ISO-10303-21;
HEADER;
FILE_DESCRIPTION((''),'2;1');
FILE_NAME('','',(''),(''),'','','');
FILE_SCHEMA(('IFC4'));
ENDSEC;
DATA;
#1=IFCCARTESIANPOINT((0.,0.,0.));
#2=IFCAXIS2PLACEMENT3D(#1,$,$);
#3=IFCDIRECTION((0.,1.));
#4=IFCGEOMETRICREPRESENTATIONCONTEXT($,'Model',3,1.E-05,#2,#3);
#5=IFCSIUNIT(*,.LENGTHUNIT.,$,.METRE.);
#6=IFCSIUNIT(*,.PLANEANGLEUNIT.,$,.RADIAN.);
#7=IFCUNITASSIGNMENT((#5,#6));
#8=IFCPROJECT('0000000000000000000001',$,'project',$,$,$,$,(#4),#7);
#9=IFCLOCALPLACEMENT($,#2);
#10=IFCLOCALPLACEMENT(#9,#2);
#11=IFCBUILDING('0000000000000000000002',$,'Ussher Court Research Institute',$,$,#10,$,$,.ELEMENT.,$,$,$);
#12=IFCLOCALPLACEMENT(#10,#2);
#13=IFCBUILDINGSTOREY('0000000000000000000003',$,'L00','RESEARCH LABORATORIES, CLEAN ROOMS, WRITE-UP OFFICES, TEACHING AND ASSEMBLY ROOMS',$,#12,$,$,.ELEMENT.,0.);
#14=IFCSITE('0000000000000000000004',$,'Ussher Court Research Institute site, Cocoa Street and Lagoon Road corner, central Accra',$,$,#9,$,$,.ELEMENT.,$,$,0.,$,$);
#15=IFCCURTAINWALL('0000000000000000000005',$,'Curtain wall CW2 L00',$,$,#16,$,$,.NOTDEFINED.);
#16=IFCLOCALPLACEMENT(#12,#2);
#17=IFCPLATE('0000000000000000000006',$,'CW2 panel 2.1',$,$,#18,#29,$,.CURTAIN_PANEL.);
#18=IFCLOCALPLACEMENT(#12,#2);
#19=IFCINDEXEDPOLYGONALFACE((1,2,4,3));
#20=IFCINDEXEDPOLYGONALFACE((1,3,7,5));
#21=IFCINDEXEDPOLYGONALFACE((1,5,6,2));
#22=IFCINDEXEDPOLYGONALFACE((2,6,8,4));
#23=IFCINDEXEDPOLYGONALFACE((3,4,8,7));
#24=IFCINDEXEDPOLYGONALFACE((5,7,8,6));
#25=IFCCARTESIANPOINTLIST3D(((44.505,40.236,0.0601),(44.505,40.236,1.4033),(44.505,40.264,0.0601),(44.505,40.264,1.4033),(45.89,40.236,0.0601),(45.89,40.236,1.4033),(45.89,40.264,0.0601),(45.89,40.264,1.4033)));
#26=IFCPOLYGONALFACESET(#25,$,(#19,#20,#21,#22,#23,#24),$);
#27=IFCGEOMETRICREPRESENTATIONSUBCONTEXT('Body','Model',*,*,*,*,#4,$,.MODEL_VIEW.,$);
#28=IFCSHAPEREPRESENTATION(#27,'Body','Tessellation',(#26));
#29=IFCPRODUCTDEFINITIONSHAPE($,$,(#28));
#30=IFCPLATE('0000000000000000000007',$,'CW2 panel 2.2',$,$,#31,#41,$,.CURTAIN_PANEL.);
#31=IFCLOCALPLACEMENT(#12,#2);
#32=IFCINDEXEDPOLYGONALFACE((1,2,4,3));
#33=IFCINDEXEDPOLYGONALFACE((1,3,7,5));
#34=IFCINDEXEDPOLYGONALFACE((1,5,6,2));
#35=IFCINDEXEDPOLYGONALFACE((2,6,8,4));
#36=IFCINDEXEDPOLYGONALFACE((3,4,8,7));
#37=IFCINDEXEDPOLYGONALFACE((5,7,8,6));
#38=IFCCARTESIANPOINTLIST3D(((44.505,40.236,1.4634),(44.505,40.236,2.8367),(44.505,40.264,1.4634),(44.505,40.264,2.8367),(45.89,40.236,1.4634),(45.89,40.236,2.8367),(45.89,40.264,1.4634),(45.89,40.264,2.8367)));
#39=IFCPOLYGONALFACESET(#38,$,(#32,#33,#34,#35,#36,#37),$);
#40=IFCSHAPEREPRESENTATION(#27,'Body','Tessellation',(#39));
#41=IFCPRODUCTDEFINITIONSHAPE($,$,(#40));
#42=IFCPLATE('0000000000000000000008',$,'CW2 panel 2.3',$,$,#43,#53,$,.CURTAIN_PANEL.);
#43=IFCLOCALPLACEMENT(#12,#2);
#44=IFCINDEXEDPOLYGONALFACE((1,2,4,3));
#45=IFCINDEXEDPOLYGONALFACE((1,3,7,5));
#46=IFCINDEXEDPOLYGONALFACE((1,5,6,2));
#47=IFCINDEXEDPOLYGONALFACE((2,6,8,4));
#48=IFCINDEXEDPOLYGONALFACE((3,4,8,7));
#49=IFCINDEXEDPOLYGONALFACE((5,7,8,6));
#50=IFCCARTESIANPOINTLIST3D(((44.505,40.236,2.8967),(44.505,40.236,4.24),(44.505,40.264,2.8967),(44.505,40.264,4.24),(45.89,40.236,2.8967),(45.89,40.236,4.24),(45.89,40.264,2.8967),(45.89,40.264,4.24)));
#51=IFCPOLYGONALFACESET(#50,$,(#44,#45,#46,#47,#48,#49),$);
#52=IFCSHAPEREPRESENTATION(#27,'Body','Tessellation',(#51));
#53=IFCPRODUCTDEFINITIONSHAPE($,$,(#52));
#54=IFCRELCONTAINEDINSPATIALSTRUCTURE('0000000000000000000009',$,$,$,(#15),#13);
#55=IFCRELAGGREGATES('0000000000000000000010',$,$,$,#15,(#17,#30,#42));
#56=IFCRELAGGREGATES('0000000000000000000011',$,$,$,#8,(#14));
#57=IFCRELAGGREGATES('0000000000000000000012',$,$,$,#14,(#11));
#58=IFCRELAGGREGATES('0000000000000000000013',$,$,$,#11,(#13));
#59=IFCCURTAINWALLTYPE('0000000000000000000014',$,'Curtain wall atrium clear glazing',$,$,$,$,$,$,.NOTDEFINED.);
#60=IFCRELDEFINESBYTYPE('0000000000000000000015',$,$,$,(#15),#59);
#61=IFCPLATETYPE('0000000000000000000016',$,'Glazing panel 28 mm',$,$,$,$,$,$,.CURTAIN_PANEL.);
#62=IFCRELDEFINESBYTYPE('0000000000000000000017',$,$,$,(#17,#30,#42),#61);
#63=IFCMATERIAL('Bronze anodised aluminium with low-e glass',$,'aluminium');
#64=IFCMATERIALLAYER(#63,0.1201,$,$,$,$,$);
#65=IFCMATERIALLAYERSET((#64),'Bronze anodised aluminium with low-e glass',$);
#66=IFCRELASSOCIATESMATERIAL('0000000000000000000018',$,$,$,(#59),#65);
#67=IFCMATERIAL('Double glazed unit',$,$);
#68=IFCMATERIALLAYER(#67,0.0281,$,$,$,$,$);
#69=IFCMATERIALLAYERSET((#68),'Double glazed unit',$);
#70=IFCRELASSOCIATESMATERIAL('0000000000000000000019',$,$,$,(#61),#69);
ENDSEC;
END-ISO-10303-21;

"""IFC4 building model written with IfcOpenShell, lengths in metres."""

from ifc_helpers import new_model, si_unit, direction, frame, origin, origin_2d, place, context, subcontext, project, spatial, rectangle, extrude, material, layer, layer_set, type_object, element, aggregate, save


model = new_model("IFC4")

# Units and contexts
model_context = context("Model", 3, precision=1e-05, world=origin(), true_north=direction((0.0, 1.0)))
body_context = subcontext(model_context, "Body", "Model", "MODEL_VIEW")
ifc_project = project(units=[si_unit("LENGTHUNIT", "METRE"), si_unit("PLANEANGLEUNIT", "RADIAN")], contexts=[model_context])

# Site, building, storey
site_placement = place(None, origin())
site = spatial("IfcSite", under=ifc_project, at=site_placement, Name="Ussher Court Research Institute site, Cocoa Street and Lagoon Road corner, central Accra", CompositionType="ELEMENT", RefElevation=0.0)
building_placement = place(site_placement, origin())
building = spatial("IfcBuilding", under=site, at=building_placement, Name="Ussher Court Research Institute", CompositionType="ELEMENT")
storey_placement = place(building_placement, origin())
storey = spatial("IfcBuildingStorey", under=building, at=storey_placement, Name="L00", Description="RESEARCH LABORATORIES, CLEAN ROOMS, WRITE-UP OFFICES, TEACHING AND ASSEMBLY ROOMS", CompositionType="ELEMENT", Elevation=0.0)

# Curtain wall
ifc_material_1 = material(Name="Bronze anodised aluminium with low-e glass", Category="aluminium")
ifc_layer_1 = layer(ifc_material_1, 0.1201)
ifc_layer_set_1 = layer_set([ifc_layer_1], Name="Bronze anodised aluminium with low-e glass")
curtain_wall_type = type_object("IfcCurtainWallType", Name="Curtain wall atrium clear glazing", PredefinedType="NOTDEFINED", material=ifc_layer_set_1)
curtain_wall_placement = place(storey_placement, origin())
curtain_wall = element("IfcCurtainWall", 1, at=curtain_wall_placement, inside=storey, type_object=curtain_wall_type, Name="Curtain wall CW2 L00", PredefinedType="NOTDEFINED")

# Plates
ifc_material_2 = material(Name="Double glazed unit")
ifc_layer_2 = layer(ifc_material_2, 0.0281)
ifc_layer_set_2 = layer_set([ifc_layer_2], Name="Double glazed unit")
plate_type = type_object("IfcPlateType", Name="Glazing panel 28 mm", PredefinedType="CURTAIN_PANEL", material=ifc_layer_set_2)
plate_1_placement = place(storey_placement, frame((45.1975, 40.25, 0.0601), z_axis=(0.0, 0.0, 1.0), x_axis=(1.0, 0.0, 0.0)))
plate_1 = element("IfcPlate", 2, at=plate_1_placement, type_object=plate_type, Name="CW2 panel 2.1", PredefinedType="CURTAIN_PANEL", context=body_context, shape_type="SweptSolid", body=[
    extrude(rectangle(XDim=1.385, YDim=0.0281, at=origin_2d()), origin(), (0.0, 0.0, 1.0), 1.3433),
])
plate_2_placement = place(storey_placement, frame((45.1975, 40.25, 1.4634), z_axis=(0.0, 0.0, 1.0), x_axis=(1.0, 0.0, 0.0)))
plate_2 = element("IfcPlate", 3, at=plate_2_placement, type_object=plate_type, Name="CW2 panel 2.2", PredefinedType="CURTAIN_PANEL", context=body_context, shape_type="SweptSolid", body=[
    extrude(rectangle(XDim=1.385, YDim=0.0281, at=origin_2d()), origin(), (0.0, 0.0, 1.0), 1.3733),
])
plate_3_placement = place(storey_placement, frame((45.1975, 40.25, 2.8967), z_axis=(0.0, 0.0, 1.0), x_axis=(1.0, 0.0, 0.0)))
plate_3 = element("IfcPlate", 4, at=plate_3_placement, type_object=plate_type, Name="CW2 panel 2.3", PredefinedType="CURTAIN_PANEL", context=body_context, shape_type="SweptSolid", body=[
    extrude(rectangle(XDim=1.385, YDim=0.0281, at=origin_2d()), origin(), (0.0, 0.0, 1.0), 1.3433),
])
aggregate(curtain_wall, [plate_1, plate_2, plate_3])

save(model, "model.ifc")
